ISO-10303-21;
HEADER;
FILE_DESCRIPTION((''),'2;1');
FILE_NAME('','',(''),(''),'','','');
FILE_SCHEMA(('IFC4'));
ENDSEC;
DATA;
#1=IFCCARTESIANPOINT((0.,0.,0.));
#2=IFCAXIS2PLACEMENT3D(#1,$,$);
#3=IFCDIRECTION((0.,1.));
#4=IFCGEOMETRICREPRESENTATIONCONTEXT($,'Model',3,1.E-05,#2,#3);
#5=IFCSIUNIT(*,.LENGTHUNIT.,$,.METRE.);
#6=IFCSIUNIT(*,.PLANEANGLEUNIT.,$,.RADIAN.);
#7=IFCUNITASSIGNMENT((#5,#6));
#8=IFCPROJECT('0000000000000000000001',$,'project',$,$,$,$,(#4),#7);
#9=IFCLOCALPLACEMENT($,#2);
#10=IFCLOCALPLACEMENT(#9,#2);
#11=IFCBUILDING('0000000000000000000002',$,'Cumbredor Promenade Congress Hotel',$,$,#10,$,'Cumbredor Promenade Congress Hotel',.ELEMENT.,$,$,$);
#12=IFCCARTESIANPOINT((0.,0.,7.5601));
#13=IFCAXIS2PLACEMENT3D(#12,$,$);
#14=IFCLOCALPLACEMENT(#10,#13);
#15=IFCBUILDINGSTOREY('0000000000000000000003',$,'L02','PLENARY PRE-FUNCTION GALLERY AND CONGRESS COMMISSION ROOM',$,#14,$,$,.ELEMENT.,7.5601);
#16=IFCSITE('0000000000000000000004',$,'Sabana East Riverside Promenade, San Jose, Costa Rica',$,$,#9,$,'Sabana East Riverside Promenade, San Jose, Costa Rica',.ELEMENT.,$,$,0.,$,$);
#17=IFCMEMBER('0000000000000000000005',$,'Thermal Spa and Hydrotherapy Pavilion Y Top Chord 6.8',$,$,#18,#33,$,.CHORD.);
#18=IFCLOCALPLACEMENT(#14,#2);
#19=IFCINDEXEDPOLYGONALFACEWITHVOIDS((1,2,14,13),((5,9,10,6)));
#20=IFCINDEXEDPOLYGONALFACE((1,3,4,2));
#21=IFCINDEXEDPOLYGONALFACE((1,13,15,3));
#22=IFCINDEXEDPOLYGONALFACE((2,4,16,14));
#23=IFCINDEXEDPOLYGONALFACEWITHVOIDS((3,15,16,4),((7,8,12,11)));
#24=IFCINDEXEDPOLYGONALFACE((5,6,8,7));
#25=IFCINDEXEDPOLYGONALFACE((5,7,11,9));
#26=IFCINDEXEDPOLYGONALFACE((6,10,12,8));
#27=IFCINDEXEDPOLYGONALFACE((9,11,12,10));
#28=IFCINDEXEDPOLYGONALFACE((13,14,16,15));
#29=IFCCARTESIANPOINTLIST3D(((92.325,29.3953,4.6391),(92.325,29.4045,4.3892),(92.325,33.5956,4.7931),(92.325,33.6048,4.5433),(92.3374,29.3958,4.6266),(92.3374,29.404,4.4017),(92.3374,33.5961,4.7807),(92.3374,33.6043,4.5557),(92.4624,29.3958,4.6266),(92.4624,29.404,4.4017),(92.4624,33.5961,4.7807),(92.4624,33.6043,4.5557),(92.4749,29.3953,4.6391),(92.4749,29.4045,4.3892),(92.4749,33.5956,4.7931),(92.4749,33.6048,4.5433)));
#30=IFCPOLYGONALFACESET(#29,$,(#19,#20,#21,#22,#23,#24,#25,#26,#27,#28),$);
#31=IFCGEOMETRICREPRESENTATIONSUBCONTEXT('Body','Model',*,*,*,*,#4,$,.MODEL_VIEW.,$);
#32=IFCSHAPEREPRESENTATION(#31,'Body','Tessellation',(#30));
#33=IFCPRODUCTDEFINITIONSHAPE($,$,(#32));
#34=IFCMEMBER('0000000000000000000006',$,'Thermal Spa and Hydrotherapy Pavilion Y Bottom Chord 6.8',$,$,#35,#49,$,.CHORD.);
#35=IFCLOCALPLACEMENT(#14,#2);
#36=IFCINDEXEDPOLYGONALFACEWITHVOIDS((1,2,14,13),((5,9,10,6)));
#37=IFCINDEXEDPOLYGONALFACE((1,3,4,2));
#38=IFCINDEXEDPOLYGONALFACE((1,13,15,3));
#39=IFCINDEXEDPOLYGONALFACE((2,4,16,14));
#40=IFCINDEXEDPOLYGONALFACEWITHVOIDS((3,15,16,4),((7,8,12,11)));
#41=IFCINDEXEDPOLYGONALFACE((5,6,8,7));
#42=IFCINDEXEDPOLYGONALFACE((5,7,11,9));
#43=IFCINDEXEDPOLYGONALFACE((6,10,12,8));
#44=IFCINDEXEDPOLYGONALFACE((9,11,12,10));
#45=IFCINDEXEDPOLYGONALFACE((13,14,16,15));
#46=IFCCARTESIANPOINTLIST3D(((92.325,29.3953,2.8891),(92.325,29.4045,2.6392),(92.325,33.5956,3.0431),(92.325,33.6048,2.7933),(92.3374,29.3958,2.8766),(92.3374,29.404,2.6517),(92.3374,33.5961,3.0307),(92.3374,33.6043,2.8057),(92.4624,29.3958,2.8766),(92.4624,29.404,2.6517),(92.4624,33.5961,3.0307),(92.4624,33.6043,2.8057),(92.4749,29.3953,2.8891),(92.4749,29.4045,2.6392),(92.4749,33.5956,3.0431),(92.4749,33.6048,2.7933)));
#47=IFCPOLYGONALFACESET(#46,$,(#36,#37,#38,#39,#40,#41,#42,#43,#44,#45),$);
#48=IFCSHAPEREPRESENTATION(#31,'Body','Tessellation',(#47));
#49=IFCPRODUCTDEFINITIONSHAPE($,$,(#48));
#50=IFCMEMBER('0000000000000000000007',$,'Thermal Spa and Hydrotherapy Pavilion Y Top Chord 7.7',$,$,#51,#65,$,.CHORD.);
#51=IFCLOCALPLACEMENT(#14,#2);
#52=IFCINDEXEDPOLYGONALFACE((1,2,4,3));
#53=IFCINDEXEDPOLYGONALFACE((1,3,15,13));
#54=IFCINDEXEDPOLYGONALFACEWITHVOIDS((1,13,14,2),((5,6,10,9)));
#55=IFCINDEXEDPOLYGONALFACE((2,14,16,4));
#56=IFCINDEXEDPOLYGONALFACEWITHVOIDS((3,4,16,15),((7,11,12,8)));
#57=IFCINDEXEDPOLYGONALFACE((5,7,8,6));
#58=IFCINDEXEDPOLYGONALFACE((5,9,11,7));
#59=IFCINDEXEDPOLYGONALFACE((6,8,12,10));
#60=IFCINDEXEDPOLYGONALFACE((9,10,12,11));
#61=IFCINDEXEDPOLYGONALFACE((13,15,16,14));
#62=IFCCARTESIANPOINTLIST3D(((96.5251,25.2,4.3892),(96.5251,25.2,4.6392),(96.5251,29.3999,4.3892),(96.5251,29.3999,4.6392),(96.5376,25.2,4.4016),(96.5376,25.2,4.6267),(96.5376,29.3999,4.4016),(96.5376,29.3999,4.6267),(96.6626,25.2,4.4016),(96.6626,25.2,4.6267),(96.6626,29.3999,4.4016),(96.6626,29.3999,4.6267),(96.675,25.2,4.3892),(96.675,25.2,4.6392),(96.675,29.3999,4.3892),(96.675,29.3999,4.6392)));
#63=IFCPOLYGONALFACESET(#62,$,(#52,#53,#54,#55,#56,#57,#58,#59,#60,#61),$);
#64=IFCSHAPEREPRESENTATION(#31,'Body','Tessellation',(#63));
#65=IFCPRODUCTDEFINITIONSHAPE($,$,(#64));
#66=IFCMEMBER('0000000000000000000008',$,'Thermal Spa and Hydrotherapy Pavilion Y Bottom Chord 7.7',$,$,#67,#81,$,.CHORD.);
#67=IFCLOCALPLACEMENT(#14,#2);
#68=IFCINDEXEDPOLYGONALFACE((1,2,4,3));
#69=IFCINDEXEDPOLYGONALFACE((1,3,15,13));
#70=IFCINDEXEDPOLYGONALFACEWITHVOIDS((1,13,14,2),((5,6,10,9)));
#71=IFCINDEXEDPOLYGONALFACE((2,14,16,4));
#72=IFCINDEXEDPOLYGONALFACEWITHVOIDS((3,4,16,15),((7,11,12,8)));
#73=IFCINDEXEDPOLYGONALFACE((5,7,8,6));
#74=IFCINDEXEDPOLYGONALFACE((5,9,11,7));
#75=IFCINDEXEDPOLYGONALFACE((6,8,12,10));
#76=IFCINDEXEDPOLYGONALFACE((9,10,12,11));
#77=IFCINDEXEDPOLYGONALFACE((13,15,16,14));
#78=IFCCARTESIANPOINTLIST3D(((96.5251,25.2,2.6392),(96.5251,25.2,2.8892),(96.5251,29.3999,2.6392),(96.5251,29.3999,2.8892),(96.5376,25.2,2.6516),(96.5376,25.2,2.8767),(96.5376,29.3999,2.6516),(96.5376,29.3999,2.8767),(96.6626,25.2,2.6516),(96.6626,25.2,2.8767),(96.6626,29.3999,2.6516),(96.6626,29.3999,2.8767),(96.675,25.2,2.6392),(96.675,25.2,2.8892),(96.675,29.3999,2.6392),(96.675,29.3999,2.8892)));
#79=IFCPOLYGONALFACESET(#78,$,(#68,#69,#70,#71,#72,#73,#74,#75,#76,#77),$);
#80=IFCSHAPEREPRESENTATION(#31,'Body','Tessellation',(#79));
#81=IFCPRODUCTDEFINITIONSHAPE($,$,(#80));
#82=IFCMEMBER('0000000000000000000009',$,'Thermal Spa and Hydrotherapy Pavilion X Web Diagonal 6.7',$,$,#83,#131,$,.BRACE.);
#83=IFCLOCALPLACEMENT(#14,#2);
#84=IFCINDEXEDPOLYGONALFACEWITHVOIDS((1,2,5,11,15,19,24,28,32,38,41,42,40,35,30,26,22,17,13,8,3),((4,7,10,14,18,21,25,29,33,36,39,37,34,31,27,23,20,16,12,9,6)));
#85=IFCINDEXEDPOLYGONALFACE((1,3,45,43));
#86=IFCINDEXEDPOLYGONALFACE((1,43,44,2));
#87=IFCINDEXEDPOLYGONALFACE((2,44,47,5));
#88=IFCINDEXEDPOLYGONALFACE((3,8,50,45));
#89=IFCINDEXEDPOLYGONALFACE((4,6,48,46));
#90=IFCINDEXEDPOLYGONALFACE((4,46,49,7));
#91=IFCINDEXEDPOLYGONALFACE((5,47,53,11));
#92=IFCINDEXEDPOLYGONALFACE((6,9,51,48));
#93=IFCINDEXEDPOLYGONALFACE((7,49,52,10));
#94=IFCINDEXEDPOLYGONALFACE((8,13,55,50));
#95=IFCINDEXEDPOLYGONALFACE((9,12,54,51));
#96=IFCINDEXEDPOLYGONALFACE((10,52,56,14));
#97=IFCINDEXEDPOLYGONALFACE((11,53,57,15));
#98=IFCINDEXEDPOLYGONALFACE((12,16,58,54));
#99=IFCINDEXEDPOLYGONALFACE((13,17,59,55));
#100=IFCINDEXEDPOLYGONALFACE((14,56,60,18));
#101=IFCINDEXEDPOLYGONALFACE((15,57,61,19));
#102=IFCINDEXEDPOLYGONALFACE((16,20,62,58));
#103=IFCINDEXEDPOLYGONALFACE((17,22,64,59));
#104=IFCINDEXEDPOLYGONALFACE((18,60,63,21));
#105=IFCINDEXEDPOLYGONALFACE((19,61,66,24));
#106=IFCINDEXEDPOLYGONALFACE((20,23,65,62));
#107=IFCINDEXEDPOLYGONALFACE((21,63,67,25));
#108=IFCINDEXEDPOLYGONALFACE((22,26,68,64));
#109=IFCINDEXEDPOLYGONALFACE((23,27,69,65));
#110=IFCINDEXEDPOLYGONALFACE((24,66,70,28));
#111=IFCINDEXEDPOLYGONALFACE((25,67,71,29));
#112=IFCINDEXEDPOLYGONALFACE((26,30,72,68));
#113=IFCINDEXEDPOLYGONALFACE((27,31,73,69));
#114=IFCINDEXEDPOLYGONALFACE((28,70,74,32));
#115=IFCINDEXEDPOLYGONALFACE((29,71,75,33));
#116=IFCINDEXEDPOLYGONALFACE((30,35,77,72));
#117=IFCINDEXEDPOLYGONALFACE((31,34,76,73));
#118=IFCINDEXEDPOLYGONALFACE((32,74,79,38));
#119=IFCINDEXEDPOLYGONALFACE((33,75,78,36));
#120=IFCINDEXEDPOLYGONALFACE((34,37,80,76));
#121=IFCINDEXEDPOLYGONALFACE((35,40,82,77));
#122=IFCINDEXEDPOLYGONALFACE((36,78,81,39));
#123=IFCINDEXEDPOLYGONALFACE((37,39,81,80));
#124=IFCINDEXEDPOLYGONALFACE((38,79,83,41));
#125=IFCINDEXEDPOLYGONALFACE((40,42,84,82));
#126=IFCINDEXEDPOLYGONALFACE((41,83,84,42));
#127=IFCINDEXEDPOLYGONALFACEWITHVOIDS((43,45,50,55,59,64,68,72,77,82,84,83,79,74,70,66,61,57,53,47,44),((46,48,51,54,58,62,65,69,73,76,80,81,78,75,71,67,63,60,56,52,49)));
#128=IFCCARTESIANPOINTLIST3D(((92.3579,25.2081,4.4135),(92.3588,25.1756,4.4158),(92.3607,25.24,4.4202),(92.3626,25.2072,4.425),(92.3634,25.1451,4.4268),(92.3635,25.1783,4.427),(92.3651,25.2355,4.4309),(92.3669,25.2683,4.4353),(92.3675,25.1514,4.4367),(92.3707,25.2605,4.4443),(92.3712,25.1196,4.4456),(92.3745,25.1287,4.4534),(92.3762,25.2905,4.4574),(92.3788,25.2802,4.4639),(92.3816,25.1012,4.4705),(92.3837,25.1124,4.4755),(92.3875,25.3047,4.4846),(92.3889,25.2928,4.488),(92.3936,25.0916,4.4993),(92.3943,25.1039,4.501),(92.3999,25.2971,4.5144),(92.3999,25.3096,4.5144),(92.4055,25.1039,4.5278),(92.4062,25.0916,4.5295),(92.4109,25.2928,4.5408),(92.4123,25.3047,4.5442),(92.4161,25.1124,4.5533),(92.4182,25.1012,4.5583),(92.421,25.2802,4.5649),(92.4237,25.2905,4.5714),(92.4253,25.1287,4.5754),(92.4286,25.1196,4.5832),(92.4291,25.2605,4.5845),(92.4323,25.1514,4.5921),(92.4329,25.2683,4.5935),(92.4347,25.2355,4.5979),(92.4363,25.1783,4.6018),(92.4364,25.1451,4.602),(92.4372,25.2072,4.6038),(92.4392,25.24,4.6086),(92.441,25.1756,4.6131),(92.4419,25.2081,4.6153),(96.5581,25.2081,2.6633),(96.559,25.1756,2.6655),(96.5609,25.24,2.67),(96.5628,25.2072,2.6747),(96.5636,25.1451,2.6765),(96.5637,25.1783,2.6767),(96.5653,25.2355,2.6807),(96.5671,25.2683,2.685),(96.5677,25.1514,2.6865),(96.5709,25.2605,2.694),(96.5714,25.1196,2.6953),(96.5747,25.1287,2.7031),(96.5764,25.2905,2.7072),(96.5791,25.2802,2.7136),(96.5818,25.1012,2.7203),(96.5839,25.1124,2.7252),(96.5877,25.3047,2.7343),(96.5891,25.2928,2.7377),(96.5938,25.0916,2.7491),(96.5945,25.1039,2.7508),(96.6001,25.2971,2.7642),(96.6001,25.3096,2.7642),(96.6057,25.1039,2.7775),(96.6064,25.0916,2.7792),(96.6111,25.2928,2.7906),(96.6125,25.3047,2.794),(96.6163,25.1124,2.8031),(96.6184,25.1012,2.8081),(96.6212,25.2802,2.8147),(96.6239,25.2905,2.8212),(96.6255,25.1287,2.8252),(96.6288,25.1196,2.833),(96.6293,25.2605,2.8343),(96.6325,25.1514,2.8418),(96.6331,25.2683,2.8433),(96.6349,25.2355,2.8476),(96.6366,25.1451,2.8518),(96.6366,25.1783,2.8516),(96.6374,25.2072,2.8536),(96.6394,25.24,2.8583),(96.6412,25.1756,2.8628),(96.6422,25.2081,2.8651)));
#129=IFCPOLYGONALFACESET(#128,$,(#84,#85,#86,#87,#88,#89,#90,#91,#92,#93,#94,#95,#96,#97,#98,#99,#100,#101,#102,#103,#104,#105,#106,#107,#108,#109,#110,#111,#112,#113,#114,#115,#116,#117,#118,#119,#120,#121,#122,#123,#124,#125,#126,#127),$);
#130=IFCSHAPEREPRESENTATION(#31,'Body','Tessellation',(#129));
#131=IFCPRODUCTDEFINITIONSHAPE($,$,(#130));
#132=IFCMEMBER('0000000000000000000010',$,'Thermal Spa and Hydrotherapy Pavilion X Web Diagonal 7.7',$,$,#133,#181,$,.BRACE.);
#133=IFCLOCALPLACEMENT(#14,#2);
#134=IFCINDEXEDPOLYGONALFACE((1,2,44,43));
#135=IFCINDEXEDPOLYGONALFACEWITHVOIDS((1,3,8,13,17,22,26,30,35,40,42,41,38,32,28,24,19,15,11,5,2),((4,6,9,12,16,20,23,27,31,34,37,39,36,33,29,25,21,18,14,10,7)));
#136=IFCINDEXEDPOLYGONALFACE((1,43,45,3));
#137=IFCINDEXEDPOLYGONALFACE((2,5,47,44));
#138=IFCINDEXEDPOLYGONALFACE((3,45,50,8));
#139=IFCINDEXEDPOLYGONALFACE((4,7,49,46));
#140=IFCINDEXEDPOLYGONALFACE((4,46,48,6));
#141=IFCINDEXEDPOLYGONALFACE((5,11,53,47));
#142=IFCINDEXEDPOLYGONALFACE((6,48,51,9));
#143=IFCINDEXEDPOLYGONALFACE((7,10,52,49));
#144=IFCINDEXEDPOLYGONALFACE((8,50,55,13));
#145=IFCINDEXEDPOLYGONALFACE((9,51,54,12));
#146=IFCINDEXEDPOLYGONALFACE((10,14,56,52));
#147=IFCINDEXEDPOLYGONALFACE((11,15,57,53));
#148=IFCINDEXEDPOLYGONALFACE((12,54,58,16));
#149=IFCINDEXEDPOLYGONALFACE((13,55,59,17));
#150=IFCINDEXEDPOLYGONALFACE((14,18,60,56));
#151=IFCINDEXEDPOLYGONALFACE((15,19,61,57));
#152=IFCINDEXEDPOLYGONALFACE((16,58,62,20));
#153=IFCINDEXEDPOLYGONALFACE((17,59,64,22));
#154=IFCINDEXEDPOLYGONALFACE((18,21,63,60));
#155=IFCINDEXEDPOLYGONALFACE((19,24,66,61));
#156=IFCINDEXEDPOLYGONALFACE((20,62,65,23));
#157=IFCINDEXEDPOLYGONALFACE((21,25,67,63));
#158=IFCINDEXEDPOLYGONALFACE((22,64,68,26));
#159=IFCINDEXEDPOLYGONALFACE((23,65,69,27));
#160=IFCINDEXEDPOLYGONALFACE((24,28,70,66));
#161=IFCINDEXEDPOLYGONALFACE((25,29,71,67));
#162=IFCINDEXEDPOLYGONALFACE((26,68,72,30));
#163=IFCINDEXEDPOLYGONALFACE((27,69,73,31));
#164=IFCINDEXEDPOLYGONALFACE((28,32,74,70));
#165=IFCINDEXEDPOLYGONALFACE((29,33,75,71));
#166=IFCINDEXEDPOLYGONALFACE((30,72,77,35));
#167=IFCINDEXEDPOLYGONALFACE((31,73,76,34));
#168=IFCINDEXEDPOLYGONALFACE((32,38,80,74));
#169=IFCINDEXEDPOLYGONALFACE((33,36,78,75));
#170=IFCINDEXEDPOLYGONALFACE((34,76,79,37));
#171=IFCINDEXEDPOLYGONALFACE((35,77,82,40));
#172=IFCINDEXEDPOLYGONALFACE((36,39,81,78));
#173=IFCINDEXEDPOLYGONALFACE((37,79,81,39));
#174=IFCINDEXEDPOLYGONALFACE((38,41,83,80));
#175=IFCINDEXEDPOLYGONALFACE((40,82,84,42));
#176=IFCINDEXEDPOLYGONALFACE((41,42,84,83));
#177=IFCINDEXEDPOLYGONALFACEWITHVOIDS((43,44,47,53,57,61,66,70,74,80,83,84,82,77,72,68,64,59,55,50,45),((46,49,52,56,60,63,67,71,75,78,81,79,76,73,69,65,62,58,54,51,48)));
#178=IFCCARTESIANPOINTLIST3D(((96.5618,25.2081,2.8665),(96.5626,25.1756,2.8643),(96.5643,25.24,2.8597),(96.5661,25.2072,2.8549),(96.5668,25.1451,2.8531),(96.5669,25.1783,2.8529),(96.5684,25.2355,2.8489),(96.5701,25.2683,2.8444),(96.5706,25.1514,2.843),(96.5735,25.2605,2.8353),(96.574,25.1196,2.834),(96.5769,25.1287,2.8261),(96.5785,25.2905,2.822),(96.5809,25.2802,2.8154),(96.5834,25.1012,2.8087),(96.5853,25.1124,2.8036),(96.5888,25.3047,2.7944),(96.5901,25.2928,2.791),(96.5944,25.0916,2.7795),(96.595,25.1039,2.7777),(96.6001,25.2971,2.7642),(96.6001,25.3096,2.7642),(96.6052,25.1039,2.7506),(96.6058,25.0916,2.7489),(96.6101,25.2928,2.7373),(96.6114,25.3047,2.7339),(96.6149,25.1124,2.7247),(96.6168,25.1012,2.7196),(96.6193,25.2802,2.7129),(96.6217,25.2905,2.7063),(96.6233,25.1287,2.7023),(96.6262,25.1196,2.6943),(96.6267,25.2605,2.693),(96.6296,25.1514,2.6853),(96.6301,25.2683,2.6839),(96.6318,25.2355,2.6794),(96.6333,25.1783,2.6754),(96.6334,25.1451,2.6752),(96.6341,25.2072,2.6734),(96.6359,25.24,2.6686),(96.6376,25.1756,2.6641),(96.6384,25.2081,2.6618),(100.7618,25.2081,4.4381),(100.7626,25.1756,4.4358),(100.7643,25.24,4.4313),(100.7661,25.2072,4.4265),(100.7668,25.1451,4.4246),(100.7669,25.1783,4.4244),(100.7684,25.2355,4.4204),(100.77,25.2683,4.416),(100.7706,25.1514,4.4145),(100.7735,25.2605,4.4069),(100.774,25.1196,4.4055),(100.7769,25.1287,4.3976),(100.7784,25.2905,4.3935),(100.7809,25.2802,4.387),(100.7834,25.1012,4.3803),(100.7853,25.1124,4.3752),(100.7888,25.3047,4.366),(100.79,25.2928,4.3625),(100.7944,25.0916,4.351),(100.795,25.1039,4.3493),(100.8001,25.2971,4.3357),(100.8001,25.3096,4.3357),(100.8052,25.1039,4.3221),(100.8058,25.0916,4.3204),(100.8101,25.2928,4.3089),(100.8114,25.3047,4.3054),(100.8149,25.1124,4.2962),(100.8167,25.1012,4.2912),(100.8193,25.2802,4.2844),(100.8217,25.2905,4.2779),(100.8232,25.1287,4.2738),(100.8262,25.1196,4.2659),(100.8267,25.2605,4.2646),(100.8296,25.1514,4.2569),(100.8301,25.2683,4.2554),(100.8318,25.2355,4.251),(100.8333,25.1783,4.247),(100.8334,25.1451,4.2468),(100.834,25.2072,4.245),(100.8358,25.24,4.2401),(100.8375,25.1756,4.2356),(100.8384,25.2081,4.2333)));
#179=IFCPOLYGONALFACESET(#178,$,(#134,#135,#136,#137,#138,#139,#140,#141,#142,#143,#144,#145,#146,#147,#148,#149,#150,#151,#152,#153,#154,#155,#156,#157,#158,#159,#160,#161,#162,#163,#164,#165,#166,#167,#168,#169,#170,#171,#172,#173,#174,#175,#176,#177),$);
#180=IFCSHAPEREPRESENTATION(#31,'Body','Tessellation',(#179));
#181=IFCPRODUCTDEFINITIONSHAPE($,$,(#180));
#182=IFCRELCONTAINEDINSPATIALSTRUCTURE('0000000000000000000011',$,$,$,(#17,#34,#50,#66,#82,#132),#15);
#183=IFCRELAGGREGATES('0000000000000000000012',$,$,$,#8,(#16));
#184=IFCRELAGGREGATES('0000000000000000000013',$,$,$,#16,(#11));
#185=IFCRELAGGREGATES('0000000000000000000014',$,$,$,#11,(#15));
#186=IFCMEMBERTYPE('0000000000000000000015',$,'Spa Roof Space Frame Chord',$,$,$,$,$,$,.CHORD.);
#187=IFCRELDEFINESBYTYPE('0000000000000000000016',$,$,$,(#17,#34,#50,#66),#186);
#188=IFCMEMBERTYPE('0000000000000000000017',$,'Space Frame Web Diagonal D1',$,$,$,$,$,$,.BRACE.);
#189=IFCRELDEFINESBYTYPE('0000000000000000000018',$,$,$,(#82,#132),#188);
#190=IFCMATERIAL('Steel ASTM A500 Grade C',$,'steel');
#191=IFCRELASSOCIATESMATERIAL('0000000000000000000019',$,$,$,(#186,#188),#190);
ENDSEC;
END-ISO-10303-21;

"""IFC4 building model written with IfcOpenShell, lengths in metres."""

from ifc_helpers import new_model, si_unit, direction, frame, origin, origin_2d, place, context, subcontext, project, spatial, hollow_rectangle, hollow_circle, extrude, material, material_profile, profile_set, type_object, element, save


model = new_model("IFC4")

# Units and contexts
model_context = context("Model", 3, precision=1e-05, world=origin(), true_north=direction((0.0, 1.0)))
body_context = subcontext(model_context, "Body", "Model", "MODEL_VIEW")
ifc_project = project(units=[si_unit("LENGTHUNIT", "METRE"), si_unit("PLANEANGLEUNIT", "RADIAN")], contexts=[model_context])

# Site, building, storey
site_placement = place(None, origin())
site = spatial("IfcSite", under=ifc_project, at=site_placement, Name="Sabana East Riverside Promenade, San Jose, Costa Rica", LongName="Sabana East Riverside Promenade, San Jose, Costa Rica", CompositionType="ELEMENT", RefElevation=0.0)
building_placement = place(site_placement, origin())
building = spatial("IfcBuilding", under=site, at=building_placement, Name="Cumbredor Promenade Congress Hotel", LongName="Cumbredor Promenade Congress Hotel", CompositionType="ELEMENT")
storey_placement = place(building_placement, frame((0.0, 0.0, 7.5601)))
storey = spatial("IfcBuildingStorey", under=building, at=storey_placement, Name="L02", Description="PLENARY PRE-FUNCTION GALLERY AND CONGRESS COMMISSION ROOM", CompositionType="ELEMENT", Elevation=7.5601)

# Members
ifc_material_1 = material(Name="Steel ASTM A500 Grade C", Category="steel")
ifc_material_profile_1 = material_profile(ifc_material_1, hollow_rectangle(XDim=0.1499, YDim=0.25, WallThickness=0.0125, at=origin_2d()), Name="HSS 250x150x12.5")
ifc_profile_set_1 = profile_set([ifc_material_profile_1], Name="Steel ASTM A500 Grade C")
member_type_1 = type_object("IfcMemberType", Name="Spa Roof Space Frame Chord", PredefinedType="CHORD", material=ifc_profile_set_1)
for number, where, z_axis, x_axis, name in (
    (1, (92.3999, 29.3999, 4.5142), (0.0, 0.999328, 0.036653), (-1.0, 0.0, 0.0), "Thermal Spa and Hydrotherapy Pavilion Y Top Chord 6.8"),
    (2, (92.3999, 29.3999, 2.7642), (0.0, 0.999328, 0.036653), (-1.0, 0.0, 0.0), "Thermal Spa and Hydrotherapy Pavilion Y Bottom Chord 6.8"),
):
    element("IfcMember", number, at=place(storey_placement, frame(where, z_axis=z_axis, x_axis=x_axis)), inside=storey, type_object=member_type_1, Name=name, PredefinedType="CHORD", context=body_context, shape_type="SweptSolid", body=[
        extrude(hollow_rectangle(XDim=0.1499, YDim=0.25, WallThickness=0.0125, at=origin_2d()), origin(), (0.0, 0.0, 1.0), 4.2031),
    ])
for number, where, z_axis, x_axis, name in (
    (3, (96.6001, 25.2, 4.5142), (0.0, 1.0, 0.0), (-1.0, 0.0, 0.0), "Thermal Spa and Hydrotherapy Pavilion Y Top Chord 7.7"),
    (4, (96.6001, 25.2, 2.7642), (0.0, 1.0, 0.0), (-1.0, 0.0, 0.0), "Thermal Spa and Hydrotherapy Pavilion Y Bottom Chord 7.7"),
):
    element("IfcMember", number, at=place(storey_placement, frame(where, z_axis=z_axis, x_axis=x_axis)), inside=storey, type_object=member_type_1, Name=name, PredefinedType="CHORD", context=body_context, shape_type="SweptSolid", body=[
        extrude(hollow_rectangle(XDim=0.1499, YDim=0.25, WallThickness=0.0125, at=origin_2d()), origin(), (0.0, 0.0, 1.0), 4.2),
    ])
ifc_material_profile_2 = material_profile(ifc_material_1, hollow_circle(Radius=0.1096, WallThickness=0.0125, at=origin_2d()), Name="CHS 219.1x12.5")
ifc_profile_set_2 = profile_set([ifc_material_profile_2], Name="Steel ASTM A500 Grade C")
member_type_2 = type_object("IfcMemberType", Name="Space Frame Web Diagonal D1", PredefinedType="BRACE", material=ifc_profile_set_2)
member_1_placement = place(storey_placement, frame((92.3999, 25.2, 4.5144), z_axis=(0.923064, 0.0, -0.384646), x_axis=(0.0, 1.0, 0.0)))
element("IfcMember", 5, at=member_1_placement, inside=storey, type_object=member_type_2, Name="Thermal Spa and Hydrotherapy Pavilion X Web Diagonal 6.7", PredefinedType="BRACE", context=body_context, shape_type="SweptSolid", body=[
    extrude(hollow_circle(Radius=0.1096, WallThickness=0.0125, at=origin_2d()), origin(), (0.0, 0.0, 1.0), 4.5503),
])
member_2_placement = place(storey_placement, frame((96.6001, 25.2, 2.7642), z_axis=(0.936582, 0.0, 0.350449), x_axis=(0.0, 1.0, 0.0)))
element("IfcMember", 6, at=member_2_placement, inside=storey, type_object=member_type_2, Name="Thermal Spa and Hydrotherapy Pavilion X Web Diagonal 7.7", PredefinedType="BRACE", context=body_context, shape_type="SweptSolid", body=[
    extrude(hollow_circle(Radius=0.1096, WallThickness=0.0125, at=origin_2d()), origin(), (0.0, 0.0, 1.0), 4.4844),
])

save(model, "model.ifc")
